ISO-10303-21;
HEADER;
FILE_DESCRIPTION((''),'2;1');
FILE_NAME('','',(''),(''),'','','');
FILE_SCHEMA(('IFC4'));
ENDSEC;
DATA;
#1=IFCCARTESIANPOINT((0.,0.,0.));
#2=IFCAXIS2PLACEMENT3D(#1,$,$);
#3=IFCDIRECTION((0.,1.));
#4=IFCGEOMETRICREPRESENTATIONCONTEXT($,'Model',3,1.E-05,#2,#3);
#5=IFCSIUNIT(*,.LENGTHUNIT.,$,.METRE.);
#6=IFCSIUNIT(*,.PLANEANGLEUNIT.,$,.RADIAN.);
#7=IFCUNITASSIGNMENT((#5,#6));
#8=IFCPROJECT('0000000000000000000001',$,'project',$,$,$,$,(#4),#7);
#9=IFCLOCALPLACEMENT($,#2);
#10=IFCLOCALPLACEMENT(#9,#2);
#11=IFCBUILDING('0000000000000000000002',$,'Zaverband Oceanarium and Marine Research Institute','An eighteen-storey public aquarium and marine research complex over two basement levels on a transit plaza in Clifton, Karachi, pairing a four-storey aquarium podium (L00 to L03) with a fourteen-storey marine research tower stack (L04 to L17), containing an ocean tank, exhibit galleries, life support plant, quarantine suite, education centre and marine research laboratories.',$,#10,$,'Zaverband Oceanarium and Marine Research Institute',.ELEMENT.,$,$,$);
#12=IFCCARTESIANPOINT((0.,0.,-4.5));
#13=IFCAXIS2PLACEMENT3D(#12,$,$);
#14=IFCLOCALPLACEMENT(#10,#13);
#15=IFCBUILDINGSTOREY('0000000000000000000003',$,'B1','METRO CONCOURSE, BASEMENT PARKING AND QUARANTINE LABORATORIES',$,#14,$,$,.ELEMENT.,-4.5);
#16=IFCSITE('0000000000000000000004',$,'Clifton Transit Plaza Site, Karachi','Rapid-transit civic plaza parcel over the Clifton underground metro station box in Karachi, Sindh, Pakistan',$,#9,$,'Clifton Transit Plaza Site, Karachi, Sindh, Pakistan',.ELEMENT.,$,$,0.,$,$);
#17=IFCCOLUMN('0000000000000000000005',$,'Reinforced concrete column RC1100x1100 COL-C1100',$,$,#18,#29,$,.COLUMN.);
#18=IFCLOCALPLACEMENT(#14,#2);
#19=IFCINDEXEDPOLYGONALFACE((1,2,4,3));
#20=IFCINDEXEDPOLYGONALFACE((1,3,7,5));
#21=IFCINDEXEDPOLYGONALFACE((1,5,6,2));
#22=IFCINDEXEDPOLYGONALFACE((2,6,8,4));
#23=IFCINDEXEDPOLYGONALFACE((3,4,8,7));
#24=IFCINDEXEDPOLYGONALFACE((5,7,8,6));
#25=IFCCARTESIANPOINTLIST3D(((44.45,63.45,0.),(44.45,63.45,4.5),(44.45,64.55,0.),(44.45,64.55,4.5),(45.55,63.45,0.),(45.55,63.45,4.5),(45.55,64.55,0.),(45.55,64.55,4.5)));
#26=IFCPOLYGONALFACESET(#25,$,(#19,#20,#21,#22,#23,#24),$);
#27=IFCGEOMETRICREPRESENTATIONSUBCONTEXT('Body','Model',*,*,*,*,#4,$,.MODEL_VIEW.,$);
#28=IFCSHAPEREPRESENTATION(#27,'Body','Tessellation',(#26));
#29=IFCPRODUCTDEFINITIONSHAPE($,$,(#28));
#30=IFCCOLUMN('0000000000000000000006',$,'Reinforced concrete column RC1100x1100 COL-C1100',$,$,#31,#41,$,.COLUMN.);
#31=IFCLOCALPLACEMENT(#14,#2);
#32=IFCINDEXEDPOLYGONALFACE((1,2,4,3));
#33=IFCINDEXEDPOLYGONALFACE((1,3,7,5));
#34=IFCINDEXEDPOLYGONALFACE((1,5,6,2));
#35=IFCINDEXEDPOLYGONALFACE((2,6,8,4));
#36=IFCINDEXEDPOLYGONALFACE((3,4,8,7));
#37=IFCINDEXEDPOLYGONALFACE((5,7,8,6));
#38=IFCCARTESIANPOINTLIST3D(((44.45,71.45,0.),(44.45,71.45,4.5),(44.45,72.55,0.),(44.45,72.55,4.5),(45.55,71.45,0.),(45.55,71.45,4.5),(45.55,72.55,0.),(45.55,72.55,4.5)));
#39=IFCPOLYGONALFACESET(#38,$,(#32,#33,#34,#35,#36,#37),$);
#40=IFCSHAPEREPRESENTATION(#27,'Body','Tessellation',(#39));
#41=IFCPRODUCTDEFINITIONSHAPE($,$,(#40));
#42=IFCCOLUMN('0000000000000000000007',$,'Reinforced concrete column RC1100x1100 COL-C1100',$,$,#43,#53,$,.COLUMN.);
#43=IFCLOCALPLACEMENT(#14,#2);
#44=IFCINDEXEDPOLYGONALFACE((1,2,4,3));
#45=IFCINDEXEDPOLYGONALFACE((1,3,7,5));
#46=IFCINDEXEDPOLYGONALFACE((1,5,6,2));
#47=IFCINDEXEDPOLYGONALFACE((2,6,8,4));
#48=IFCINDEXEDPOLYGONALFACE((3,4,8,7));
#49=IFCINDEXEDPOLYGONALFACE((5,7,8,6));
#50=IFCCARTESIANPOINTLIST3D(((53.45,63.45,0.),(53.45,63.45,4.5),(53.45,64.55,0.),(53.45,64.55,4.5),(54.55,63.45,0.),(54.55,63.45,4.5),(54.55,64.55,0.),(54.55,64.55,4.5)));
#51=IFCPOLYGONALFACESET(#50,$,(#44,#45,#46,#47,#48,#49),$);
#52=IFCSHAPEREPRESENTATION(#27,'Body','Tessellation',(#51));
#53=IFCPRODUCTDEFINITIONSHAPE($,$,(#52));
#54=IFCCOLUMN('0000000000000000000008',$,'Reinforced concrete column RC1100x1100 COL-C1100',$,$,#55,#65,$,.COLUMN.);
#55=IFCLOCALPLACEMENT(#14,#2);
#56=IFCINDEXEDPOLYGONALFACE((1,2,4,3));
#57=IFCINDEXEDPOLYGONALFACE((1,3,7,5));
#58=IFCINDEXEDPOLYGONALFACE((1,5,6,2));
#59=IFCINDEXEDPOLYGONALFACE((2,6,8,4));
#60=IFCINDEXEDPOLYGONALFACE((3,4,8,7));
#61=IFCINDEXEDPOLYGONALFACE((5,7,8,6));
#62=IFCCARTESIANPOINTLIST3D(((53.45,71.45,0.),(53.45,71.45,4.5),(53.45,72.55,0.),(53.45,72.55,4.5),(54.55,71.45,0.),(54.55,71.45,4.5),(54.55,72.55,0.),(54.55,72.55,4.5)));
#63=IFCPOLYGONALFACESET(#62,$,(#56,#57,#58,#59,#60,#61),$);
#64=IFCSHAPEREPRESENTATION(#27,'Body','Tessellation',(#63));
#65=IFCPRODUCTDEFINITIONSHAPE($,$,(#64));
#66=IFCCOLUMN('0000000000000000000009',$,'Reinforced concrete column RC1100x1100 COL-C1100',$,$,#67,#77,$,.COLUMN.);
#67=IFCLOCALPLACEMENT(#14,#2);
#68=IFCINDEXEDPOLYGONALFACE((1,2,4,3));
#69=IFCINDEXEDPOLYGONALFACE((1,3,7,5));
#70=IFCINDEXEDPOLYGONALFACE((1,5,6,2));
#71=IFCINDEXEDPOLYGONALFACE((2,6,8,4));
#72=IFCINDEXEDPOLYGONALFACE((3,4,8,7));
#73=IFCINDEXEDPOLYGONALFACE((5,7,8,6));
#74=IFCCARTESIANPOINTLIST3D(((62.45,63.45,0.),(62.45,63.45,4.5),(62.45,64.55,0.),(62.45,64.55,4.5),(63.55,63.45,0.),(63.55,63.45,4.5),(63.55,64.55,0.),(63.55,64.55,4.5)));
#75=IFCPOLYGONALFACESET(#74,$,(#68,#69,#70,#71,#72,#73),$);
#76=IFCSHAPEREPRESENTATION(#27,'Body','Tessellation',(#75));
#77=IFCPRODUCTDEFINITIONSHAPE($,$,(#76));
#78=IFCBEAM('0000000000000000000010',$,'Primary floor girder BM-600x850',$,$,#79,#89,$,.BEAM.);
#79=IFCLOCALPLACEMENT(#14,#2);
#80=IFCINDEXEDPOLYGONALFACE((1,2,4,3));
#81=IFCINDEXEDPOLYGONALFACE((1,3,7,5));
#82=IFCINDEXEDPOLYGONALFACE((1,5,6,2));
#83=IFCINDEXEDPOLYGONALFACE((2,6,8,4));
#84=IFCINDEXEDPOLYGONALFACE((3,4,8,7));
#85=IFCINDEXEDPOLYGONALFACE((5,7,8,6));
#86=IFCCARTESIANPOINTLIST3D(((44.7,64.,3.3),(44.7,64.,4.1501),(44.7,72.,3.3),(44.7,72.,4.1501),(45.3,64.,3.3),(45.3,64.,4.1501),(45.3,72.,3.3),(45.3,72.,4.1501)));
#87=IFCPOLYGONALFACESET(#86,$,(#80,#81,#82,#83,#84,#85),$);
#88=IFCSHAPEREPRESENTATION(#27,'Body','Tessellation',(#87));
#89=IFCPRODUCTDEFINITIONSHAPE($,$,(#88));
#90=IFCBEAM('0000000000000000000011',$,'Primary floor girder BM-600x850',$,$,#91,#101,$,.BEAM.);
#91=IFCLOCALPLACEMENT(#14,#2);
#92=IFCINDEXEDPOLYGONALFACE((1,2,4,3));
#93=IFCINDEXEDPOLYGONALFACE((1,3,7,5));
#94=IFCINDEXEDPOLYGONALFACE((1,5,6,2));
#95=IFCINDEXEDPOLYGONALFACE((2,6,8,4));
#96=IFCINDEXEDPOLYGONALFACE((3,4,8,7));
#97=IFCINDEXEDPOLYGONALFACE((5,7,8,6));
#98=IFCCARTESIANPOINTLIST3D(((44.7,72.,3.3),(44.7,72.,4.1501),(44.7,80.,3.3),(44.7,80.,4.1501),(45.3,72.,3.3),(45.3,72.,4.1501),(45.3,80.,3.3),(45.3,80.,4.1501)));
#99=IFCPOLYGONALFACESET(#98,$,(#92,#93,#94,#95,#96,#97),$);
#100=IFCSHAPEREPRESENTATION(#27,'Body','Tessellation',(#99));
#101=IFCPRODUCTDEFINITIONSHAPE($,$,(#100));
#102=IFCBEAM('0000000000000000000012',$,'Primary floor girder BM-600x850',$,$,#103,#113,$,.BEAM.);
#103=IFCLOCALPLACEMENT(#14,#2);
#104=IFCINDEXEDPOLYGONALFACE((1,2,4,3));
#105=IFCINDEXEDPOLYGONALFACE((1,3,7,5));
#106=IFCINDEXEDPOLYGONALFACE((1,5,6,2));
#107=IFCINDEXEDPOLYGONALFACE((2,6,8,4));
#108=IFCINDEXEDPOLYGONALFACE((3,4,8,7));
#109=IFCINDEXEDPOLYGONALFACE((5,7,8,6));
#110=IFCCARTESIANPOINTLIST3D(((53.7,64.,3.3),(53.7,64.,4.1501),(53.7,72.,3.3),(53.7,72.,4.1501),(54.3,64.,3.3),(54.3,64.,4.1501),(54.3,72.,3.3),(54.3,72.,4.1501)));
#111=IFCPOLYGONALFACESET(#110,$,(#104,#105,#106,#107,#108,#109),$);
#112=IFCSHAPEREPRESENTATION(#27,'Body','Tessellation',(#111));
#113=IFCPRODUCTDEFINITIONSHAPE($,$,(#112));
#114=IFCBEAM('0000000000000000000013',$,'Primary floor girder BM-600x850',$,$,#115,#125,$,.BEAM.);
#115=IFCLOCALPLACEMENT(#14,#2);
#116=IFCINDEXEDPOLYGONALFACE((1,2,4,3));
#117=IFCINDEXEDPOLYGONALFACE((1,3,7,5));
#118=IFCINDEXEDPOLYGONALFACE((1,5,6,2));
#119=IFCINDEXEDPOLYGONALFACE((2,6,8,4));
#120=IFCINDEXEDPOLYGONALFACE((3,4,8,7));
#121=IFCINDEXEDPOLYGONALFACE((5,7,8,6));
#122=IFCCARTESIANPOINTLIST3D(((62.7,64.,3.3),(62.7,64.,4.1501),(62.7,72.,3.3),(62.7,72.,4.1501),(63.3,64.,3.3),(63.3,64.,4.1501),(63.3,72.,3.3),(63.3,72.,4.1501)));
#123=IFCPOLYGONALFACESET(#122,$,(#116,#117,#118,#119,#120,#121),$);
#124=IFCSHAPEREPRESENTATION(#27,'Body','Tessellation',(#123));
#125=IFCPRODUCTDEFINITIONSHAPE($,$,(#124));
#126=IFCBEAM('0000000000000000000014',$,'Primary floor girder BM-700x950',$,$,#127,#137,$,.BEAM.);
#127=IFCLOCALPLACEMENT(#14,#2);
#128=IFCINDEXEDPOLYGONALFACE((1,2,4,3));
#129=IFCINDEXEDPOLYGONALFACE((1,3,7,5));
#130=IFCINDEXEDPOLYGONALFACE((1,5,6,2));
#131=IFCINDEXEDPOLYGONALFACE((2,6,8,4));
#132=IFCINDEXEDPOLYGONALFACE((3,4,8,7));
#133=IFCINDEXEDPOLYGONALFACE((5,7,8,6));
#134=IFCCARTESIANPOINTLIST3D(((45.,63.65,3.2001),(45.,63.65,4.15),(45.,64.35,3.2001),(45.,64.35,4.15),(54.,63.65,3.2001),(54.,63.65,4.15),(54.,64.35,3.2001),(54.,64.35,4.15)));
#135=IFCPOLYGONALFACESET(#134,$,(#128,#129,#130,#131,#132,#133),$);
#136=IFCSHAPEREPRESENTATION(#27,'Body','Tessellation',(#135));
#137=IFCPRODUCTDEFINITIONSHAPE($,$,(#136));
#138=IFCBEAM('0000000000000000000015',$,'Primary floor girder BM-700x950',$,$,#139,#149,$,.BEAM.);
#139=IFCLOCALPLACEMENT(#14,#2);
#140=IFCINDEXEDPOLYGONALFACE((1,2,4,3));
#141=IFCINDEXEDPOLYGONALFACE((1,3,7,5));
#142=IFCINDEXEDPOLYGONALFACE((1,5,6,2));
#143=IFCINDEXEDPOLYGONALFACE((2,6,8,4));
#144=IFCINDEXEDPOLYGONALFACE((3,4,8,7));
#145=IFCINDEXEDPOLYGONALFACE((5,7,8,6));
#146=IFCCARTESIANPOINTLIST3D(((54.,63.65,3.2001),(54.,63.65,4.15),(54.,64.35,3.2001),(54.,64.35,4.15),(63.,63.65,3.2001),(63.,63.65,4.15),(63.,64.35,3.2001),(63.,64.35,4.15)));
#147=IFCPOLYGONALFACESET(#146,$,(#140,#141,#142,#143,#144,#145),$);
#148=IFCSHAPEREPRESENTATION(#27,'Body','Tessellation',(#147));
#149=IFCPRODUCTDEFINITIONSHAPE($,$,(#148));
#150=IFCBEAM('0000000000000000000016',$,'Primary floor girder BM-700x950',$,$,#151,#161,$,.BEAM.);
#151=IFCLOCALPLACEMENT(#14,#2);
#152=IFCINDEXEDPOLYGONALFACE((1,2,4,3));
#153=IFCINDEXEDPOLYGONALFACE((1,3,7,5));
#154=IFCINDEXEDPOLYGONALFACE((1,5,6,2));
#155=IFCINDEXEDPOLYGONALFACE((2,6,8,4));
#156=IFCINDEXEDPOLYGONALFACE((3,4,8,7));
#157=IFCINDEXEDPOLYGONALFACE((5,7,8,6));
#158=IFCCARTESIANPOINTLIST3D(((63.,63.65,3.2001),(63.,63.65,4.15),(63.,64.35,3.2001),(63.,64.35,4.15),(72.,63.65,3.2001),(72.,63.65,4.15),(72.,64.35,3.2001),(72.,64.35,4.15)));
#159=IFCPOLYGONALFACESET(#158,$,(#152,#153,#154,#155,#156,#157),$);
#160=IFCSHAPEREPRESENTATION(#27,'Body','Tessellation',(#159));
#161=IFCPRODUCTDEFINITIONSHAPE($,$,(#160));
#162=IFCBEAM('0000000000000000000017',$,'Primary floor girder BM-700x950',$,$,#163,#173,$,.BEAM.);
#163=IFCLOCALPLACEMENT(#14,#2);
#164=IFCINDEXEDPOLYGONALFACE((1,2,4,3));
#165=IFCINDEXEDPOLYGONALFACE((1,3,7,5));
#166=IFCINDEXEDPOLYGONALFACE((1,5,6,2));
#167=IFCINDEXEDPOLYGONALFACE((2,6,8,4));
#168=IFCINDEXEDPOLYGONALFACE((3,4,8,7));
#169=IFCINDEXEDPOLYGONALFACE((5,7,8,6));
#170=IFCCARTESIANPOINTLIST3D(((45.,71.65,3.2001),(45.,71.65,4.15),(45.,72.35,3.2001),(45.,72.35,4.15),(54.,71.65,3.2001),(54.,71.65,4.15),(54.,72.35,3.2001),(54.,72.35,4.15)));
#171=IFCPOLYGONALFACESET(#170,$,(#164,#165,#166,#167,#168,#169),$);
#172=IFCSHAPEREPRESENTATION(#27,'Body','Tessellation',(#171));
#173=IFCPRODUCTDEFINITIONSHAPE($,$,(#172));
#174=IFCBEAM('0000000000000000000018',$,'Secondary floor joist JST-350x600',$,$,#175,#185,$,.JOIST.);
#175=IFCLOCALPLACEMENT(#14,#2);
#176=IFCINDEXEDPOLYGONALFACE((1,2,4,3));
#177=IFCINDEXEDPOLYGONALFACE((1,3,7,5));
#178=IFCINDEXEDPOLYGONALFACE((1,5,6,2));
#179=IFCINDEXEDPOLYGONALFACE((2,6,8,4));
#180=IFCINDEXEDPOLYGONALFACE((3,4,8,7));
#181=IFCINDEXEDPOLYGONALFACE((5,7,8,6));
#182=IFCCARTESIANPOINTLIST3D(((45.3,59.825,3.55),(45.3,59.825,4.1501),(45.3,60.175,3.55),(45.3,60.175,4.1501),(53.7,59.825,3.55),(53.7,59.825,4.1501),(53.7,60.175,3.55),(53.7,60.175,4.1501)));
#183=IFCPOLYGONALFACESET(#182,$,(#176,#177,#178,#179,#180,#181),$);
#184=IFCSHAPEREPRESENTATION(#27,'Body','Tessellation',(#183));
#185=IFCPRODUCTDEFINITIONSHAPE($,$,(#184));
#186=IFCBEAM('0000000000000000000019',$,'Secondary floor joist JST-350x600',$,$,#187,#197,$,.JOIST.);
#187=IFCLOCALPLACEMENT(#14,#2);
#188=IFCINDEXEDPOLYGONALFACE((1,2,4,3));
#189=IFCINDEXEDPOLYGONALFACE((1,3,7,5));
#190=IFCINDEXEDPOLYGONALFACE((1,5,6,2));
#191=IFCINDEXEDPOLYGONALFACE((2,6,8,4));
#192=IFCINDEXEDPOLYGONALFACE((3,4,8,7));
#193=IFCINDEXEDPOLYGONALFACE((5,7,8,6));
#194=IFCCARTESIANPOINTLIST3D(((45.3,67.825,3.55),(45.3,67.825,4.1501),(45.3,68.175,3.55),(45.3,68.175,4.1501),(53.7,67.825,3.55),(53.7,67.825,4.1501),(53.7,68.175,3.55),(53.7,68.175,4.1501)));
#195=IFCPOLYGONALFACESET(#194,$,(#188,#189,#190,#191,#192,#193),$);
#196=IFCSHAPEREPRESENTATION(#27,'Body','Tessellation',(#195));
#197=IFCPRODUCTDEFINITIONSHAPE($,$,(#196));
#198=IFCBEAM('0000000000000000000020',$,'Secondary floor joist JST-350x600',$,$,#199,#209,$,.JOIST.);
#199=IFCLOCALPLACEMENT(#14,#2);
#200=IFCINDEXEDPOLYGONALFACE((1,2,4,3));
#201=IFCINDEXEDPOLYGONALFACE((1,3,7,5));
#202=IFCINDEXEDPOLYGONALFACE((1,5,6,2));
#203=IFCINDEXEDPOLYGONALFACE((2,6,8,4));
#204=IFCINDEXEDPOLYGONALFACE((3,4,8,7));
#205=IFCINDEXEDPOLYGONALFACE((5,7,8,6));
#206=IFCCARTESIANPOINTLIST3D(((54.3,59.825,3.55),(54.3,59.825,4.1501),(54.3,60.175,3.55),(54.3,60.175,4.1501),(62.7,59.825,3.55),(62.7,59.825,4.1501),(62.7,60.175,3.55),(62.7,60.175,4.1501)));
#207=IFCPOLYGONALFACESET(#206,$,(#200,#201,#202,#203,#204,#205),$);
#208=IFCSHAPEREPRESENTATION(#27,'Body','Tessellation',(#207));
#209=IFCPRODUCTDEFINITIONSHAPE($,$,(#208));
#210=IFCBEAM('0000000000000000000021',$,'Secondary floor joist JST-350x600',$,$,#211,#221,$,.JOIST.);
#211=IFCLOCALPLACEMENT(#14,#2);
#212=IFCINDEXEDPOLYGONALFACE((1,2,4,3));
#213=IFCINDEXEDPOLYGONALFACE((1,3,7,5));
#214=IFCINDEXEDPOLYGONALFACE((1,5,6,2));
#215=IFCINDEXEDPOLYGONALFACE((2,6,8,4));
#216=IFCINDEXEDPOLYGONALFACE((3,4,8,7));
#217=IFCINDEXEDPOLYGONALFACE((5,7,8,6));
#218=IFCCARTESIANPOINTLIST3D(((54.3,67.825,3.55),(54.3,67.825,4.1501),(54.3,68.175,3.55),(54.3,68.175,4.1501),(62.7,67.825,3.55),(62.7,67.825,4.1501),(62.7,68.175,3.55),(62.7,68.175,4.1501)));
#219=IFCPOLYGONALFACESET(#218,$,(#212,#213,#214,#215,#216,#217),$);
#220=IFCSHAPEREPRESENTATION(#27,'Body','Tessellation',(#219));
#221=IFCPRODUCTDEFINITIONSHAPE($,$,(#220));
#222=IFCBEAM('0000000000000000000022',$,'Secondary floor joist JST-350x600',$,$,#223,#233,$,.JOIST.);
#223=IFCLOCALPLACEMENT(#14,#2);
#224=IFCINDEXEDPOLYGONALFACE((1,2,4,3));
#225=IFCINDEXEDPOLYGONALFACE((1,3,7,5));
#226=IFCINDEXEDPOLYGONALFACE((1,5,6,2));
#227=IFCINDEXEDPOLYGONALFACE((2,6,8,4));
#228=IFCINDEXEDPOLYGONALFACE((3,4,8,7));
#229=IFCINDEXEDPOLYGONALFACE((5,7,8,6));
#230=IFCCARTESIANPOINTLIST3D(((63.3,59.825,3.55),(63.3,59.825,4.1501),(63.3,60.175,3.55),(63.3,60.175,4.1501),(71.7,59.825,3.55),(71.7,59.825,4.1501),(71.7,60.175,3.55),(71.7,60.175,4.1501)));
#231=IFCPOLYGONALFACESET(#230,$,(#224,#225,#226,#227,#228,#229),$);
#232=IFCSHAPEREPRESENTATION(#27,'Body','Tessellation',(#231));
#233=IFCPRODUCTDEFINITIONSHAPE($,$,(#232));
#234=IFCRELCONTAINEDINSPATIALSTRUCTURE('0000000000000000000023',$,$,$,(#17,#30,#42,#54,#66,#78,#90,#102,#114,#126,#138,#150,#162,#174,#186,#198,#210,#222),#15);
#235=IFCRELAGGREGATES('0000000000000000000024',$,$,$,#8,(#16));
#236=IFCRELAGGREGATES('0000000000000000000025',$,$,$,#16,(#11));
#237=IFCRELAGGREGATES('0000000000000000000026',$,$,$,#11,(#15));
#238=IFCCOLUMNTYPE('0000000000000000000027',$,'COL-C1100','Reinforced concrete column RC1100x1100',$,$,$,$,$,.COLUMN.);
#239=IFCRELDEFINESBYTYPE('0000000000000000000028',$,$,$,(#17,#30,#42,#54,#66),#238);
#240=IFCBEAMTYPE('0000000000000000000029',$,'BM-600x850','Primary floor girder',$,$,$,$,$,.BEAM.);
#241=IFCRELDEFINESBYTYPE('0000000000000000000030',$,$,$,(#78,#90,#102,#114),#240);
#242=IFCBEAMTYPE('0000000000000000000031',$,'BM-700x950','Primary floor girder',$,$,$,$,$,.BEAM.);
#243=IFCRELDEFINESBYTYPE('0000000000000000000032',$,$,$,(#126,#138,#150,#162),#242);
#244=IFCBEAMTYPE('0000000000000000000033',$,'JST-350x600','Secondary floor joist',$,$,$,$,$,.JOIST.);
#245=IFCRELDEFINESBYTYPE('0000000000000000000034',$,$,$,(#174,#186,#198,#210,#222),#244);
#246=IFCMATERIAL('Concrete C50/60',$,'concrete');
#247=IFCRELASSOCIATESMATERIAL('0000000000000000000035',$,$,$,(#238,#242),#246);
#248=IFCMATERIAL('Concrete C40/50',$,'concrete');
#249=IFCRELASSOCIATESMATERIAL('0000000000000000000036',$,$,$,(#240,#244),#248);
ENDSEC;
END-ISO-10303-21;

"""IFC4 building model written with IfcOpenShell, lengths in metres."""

from ifc_helpers import new_model, si_unit, direction, frame, origin, origin_2d, place, context, subcontext, project, spatial, rectangle, extrude, material, material_profile, profile_set, type_object, element, save


model = new_model("IFC4")

# Units and contexts
model_context = context("Model", 3, precision=1e-05, world=origin(), true_north=direction((0.0, 1.0)))
body_context = subcontext(model_context, "Body", "Model", "MODEL_VIEW")
ifc_project = project(units=[si_unit("LENGTHUNIT", "METRE"), si_unit("PLANEANGLEUNIT", "RADIAN")], contexts=[model_context])

# Site, building, storey
site_placement = place(None, origin())
site = spatial("IfcSite", under=ifc_project, at=site_placement, Name="Clifton Transit Plaza Site, Karachi", Description="Rapid-transit civic plaza parcel over the Clifton underground metro station box in Karachi, Sindh, Pakistan", LongName="Clifton Transit Plaza Site, Karachi, Sindh, Pakistan", CompositionType="ELEMENT", RefElevation=0.0)
building_placement = place(site_placement, origin())
building = spatial("IfcBuilding", under=site, at=building_placement, Name="Zaverband Oceanarium and Marine Research Institute", Description="An eighteen-storey public aquarium and marine research complex over two basement levels on a transit plaza in Clifton, Karachi, pairing a four-storey aquarium podium (L00 to L03) with a fourteen-storey marine research tower stack (L04 to L17), containing an ocean tank, exhibit galleries, life support plant, quarantine suite, education centre and marine research laboratories.", LongName="Zaverband Oceanarium and Marine Research Institute", CompositionType="ELEMENT")
storey_placement = place(building_placement, frame((0.0, 0.0, -4.5)))
storey = spatial("IfcBuildingStorey", under=building, at=storey_placement, Name="B1", Description="METRO CONCOURSE, BASEMENT PARKING AND QUARANTINE LABORATORIES", CompositionType="ELEMENT", Elevation=-4.5)

# Columns
ifc_material_1 = material(Name="Concrete C50/60", Category="concrete")
ifc_material_profile_1 = material_profile(ifc_material_1, rectangle(XDim=1.1001, YDim=1.1001, at=origin_2d()), Name="RC1100x1100")
ifc_profile_set_1 = profile_set([ifc_material_profile_1], Name="Concrete C50/60")
column_type = type_object("IfcColumnType", Name="COL-C1100", Description="Reinforced concrete column RC1100x1100", PredefinedType="COLUMN", material=ifc_profile_set_1)
for number, where, z_axis, x_axis, name in (
    (1, (45.0, 64.0, 0.0), (0.0, 0.0, 1.0), (1.0, 0.0, 0.0), "Reinforced concrete column RC1100x1100 COL-C1100"),
    (2, (45.0, 72.0, 0.0), (0.0, 0.0, 1.0), (1.0, 0.0, 0.0), "Reinforced concrete column RC1100x1100 COL-C1100"),
    (3, (54.0, 64.0, 0.0), (0.0, 0.0, 1.0), (1.0, 0.0, 0.0), "Reinforced concrete column RC1100x1100 COL-C1100"),
    (4, (54.0, 72.0, 0.0), (0.0, 0.0, 1.0), (1.0, 0.0, 0.0), "Reinforced concrete column RC1100x1100 COL-C1100"),
    (5, (63.0, 64.0, 0.0), (0.0, 0.0, 1.0), (1.0, 0.0, 0.0), "Reinforced concrete column RC1100x1100 COL-C1100"),
):
    element("IfcColumn", number, at=place(storey_placement, frame(where, z_axis=z_axis, x_axis=x_axis)), inside=storey, type_object=column_type, Name=name, PredefinedType="COLUMN", context=body_context, shape_type="SweptSolid", body=[
        extrude(rectangle(XDim=1.1001, YDim=1.1001, at=origin_2d()), origin(), (0.0, 0.0, 1.0), 4.5),
    ])

# Beams
ifc_material_2 = material(Name="Concrete C40/50", Category="concrete")
ifc_material_profile_2 = material_profile(ifc_material_2, rectangle(XDim=0.6001, YDim=0.8501, at=origin_2d()), Name="RC600x850")
ifc_profile_set_2 = profile_set([ifc_material_profile_2], Name="Concrete C40/50")
beam_type_1 = type_object("IfcBeamType", Name="BM-600x850", Description="Primary floor girder", PredefinedType="BEAM", material=ifc_profile_set_2)
for number, where, z_axis, x_axis, name in (
    (6, (45.0, 64.0, 3.7251), (0.0, 1.0, 0.0), (-1.0, 0.0, 0.0), "Primary floor girder BM-600x850"),
    (7, (45.0, 72.0, 3.7251), (0.0, 1.0, 0.0), (-1.0, 0.0, 0.0), "Primary floor girder BM-600x850"),
    (8, (54.0, 64.0, 3.7251), (0.0, 1.0, 0.0), (-1.0, 0.0, 0.0), "Primary floor girder BM-600x850"),
    (9, (63.0, 64.0, 3.7251), (0.0, 1.0, 0.0), (-1.0, 0.0, 0.0), "Primary floor girder BM-600x850"),
):
    element("IfcBeam", number, at=place(storey_placement, frame(where, z_axis=z_axis, x_axis=x_axis)), inside=storey, type_object=beam_type_1, Name=name, PredefinedType="BEAM", context=body_context, shape_type="SweptSolid", body=[
        extrude(rectangle(XDim=0.6001, YDim=0.8501, at=origin_2d()), origin(), (0.0, 0.0, 1.0), 8.0),
    ])
ifc_material_profile_3 = material_profile(ifc_material_1, rectangle(XDim=0.7, YDim=0.95, at=origin_2d()), Name="RC700x950")
ifc_profile_set_3 = profile_set([ifc_material_profile_3], Name="Concrete C50/60")
beam_type_2 = type_object("IfcBeamType", Name="BM-700x950", Description="Primary floor girder", PredefinedType="BEAM", material=ifc_profile_set_3)
for number, where, z_axis, x_axis, name in (
    (10, (45.0, 64.0, 3.675), (1.0, 0.0, 0.0), (0.0, 1.0, 0.0), "Primary floor girder BM-700x950"),
    (11, (54.0, 64.0, 3.675), (1.0, 0.0, 0.0), (0.0, 1.0, 0.0), "Primary floor girder BM-700x950"),
    (12, (63.0, 64.0, 3.675), (1.0, 0.0, 0.0), (0.0, 1.0, 0.0), "Primary floor girder BM-700x950"),
    (13, (45.0, 72.0, 3.675), (1.0, 0.0, 0.0), (0.0, 1.0, 0.0), "Primary floor girder BM-700x950"),
):
    element("IfcBeam", number, at=place(storey_placement, frame(where, z_axis=z_axis, x_axis=x_axis)), inside=storey, type_object=beam_type_2, Name=name, PredefinedType="BEAM", context=body_context, shape_type="SweptSolid", body=[
        extrude(rectangle(XDim=0.7, YDim=0.95, at=origin_2d()), origin(), (0.0, 0.0, 1.0), 9.0),
    ])
ifc_material_profile_4 = material_profile(ifc_material_2, rectangle(XDim=0.3501, YDim=0.6001, at=origin_2d()), Name="RC350x600")
ifc_profile_set_4 = profile_set([ifc_material_profile_4], Name="Concrete C40/50")
beam_type_3 = type_object("IfcBeamType", Name="JST-350x600", Description="Secondary floor joist", PredefinedType="JOIST", material=ifc_profile_set_4)
for number, where, z_axis, x_axis, name in (
    (14, (45.3, 60.0, 3.8501), (1.0, 0.0, 0.0), (0.0, 1.0, 0.0), "Secondary floor joist JST-350x600"),
    (15, (45.3, 68.0, 3.8501), (1.0, 0.0, 0.0), (0.0, 1.0, 0.0), "Secondary floor joist JST-350x600"),
    (16, (54.3, 60.0, 3.8501), (1.0, 0.0, 0.0), (0.0, 1.0, 0.0), "Secondary floor joist JST-350x600"),
    (17, (54.3, 68.0, 3.8501), (1.0, 0.0, 0.0), (0.0, 1.0, 0.0), "Secondary floor joist JST-350x600"),
    (18, (63.3, 60.0, 3.8501), (1.0, 0.0, 0.0), (0.0, 1.0, 0.0), "Secondary floor joist JST-350x600"),
):
    element("IfcBeam", number, at=place(storey_placement, frame(where, z_axis=z_axis, x_axis=x_axis)), inside=storey, type_object=beam_type_3, Name=name, PredefinedType="JOIST", context=body_context, shape_type="SweptSolid", body=[
        extrude(rectangle(XDim=0.3501, YDim=0.6001, at=origin_2d()), origin(), (0.0, 0.0, 1.0), 8.3999),
    ])

save(model, "model.ifc")
